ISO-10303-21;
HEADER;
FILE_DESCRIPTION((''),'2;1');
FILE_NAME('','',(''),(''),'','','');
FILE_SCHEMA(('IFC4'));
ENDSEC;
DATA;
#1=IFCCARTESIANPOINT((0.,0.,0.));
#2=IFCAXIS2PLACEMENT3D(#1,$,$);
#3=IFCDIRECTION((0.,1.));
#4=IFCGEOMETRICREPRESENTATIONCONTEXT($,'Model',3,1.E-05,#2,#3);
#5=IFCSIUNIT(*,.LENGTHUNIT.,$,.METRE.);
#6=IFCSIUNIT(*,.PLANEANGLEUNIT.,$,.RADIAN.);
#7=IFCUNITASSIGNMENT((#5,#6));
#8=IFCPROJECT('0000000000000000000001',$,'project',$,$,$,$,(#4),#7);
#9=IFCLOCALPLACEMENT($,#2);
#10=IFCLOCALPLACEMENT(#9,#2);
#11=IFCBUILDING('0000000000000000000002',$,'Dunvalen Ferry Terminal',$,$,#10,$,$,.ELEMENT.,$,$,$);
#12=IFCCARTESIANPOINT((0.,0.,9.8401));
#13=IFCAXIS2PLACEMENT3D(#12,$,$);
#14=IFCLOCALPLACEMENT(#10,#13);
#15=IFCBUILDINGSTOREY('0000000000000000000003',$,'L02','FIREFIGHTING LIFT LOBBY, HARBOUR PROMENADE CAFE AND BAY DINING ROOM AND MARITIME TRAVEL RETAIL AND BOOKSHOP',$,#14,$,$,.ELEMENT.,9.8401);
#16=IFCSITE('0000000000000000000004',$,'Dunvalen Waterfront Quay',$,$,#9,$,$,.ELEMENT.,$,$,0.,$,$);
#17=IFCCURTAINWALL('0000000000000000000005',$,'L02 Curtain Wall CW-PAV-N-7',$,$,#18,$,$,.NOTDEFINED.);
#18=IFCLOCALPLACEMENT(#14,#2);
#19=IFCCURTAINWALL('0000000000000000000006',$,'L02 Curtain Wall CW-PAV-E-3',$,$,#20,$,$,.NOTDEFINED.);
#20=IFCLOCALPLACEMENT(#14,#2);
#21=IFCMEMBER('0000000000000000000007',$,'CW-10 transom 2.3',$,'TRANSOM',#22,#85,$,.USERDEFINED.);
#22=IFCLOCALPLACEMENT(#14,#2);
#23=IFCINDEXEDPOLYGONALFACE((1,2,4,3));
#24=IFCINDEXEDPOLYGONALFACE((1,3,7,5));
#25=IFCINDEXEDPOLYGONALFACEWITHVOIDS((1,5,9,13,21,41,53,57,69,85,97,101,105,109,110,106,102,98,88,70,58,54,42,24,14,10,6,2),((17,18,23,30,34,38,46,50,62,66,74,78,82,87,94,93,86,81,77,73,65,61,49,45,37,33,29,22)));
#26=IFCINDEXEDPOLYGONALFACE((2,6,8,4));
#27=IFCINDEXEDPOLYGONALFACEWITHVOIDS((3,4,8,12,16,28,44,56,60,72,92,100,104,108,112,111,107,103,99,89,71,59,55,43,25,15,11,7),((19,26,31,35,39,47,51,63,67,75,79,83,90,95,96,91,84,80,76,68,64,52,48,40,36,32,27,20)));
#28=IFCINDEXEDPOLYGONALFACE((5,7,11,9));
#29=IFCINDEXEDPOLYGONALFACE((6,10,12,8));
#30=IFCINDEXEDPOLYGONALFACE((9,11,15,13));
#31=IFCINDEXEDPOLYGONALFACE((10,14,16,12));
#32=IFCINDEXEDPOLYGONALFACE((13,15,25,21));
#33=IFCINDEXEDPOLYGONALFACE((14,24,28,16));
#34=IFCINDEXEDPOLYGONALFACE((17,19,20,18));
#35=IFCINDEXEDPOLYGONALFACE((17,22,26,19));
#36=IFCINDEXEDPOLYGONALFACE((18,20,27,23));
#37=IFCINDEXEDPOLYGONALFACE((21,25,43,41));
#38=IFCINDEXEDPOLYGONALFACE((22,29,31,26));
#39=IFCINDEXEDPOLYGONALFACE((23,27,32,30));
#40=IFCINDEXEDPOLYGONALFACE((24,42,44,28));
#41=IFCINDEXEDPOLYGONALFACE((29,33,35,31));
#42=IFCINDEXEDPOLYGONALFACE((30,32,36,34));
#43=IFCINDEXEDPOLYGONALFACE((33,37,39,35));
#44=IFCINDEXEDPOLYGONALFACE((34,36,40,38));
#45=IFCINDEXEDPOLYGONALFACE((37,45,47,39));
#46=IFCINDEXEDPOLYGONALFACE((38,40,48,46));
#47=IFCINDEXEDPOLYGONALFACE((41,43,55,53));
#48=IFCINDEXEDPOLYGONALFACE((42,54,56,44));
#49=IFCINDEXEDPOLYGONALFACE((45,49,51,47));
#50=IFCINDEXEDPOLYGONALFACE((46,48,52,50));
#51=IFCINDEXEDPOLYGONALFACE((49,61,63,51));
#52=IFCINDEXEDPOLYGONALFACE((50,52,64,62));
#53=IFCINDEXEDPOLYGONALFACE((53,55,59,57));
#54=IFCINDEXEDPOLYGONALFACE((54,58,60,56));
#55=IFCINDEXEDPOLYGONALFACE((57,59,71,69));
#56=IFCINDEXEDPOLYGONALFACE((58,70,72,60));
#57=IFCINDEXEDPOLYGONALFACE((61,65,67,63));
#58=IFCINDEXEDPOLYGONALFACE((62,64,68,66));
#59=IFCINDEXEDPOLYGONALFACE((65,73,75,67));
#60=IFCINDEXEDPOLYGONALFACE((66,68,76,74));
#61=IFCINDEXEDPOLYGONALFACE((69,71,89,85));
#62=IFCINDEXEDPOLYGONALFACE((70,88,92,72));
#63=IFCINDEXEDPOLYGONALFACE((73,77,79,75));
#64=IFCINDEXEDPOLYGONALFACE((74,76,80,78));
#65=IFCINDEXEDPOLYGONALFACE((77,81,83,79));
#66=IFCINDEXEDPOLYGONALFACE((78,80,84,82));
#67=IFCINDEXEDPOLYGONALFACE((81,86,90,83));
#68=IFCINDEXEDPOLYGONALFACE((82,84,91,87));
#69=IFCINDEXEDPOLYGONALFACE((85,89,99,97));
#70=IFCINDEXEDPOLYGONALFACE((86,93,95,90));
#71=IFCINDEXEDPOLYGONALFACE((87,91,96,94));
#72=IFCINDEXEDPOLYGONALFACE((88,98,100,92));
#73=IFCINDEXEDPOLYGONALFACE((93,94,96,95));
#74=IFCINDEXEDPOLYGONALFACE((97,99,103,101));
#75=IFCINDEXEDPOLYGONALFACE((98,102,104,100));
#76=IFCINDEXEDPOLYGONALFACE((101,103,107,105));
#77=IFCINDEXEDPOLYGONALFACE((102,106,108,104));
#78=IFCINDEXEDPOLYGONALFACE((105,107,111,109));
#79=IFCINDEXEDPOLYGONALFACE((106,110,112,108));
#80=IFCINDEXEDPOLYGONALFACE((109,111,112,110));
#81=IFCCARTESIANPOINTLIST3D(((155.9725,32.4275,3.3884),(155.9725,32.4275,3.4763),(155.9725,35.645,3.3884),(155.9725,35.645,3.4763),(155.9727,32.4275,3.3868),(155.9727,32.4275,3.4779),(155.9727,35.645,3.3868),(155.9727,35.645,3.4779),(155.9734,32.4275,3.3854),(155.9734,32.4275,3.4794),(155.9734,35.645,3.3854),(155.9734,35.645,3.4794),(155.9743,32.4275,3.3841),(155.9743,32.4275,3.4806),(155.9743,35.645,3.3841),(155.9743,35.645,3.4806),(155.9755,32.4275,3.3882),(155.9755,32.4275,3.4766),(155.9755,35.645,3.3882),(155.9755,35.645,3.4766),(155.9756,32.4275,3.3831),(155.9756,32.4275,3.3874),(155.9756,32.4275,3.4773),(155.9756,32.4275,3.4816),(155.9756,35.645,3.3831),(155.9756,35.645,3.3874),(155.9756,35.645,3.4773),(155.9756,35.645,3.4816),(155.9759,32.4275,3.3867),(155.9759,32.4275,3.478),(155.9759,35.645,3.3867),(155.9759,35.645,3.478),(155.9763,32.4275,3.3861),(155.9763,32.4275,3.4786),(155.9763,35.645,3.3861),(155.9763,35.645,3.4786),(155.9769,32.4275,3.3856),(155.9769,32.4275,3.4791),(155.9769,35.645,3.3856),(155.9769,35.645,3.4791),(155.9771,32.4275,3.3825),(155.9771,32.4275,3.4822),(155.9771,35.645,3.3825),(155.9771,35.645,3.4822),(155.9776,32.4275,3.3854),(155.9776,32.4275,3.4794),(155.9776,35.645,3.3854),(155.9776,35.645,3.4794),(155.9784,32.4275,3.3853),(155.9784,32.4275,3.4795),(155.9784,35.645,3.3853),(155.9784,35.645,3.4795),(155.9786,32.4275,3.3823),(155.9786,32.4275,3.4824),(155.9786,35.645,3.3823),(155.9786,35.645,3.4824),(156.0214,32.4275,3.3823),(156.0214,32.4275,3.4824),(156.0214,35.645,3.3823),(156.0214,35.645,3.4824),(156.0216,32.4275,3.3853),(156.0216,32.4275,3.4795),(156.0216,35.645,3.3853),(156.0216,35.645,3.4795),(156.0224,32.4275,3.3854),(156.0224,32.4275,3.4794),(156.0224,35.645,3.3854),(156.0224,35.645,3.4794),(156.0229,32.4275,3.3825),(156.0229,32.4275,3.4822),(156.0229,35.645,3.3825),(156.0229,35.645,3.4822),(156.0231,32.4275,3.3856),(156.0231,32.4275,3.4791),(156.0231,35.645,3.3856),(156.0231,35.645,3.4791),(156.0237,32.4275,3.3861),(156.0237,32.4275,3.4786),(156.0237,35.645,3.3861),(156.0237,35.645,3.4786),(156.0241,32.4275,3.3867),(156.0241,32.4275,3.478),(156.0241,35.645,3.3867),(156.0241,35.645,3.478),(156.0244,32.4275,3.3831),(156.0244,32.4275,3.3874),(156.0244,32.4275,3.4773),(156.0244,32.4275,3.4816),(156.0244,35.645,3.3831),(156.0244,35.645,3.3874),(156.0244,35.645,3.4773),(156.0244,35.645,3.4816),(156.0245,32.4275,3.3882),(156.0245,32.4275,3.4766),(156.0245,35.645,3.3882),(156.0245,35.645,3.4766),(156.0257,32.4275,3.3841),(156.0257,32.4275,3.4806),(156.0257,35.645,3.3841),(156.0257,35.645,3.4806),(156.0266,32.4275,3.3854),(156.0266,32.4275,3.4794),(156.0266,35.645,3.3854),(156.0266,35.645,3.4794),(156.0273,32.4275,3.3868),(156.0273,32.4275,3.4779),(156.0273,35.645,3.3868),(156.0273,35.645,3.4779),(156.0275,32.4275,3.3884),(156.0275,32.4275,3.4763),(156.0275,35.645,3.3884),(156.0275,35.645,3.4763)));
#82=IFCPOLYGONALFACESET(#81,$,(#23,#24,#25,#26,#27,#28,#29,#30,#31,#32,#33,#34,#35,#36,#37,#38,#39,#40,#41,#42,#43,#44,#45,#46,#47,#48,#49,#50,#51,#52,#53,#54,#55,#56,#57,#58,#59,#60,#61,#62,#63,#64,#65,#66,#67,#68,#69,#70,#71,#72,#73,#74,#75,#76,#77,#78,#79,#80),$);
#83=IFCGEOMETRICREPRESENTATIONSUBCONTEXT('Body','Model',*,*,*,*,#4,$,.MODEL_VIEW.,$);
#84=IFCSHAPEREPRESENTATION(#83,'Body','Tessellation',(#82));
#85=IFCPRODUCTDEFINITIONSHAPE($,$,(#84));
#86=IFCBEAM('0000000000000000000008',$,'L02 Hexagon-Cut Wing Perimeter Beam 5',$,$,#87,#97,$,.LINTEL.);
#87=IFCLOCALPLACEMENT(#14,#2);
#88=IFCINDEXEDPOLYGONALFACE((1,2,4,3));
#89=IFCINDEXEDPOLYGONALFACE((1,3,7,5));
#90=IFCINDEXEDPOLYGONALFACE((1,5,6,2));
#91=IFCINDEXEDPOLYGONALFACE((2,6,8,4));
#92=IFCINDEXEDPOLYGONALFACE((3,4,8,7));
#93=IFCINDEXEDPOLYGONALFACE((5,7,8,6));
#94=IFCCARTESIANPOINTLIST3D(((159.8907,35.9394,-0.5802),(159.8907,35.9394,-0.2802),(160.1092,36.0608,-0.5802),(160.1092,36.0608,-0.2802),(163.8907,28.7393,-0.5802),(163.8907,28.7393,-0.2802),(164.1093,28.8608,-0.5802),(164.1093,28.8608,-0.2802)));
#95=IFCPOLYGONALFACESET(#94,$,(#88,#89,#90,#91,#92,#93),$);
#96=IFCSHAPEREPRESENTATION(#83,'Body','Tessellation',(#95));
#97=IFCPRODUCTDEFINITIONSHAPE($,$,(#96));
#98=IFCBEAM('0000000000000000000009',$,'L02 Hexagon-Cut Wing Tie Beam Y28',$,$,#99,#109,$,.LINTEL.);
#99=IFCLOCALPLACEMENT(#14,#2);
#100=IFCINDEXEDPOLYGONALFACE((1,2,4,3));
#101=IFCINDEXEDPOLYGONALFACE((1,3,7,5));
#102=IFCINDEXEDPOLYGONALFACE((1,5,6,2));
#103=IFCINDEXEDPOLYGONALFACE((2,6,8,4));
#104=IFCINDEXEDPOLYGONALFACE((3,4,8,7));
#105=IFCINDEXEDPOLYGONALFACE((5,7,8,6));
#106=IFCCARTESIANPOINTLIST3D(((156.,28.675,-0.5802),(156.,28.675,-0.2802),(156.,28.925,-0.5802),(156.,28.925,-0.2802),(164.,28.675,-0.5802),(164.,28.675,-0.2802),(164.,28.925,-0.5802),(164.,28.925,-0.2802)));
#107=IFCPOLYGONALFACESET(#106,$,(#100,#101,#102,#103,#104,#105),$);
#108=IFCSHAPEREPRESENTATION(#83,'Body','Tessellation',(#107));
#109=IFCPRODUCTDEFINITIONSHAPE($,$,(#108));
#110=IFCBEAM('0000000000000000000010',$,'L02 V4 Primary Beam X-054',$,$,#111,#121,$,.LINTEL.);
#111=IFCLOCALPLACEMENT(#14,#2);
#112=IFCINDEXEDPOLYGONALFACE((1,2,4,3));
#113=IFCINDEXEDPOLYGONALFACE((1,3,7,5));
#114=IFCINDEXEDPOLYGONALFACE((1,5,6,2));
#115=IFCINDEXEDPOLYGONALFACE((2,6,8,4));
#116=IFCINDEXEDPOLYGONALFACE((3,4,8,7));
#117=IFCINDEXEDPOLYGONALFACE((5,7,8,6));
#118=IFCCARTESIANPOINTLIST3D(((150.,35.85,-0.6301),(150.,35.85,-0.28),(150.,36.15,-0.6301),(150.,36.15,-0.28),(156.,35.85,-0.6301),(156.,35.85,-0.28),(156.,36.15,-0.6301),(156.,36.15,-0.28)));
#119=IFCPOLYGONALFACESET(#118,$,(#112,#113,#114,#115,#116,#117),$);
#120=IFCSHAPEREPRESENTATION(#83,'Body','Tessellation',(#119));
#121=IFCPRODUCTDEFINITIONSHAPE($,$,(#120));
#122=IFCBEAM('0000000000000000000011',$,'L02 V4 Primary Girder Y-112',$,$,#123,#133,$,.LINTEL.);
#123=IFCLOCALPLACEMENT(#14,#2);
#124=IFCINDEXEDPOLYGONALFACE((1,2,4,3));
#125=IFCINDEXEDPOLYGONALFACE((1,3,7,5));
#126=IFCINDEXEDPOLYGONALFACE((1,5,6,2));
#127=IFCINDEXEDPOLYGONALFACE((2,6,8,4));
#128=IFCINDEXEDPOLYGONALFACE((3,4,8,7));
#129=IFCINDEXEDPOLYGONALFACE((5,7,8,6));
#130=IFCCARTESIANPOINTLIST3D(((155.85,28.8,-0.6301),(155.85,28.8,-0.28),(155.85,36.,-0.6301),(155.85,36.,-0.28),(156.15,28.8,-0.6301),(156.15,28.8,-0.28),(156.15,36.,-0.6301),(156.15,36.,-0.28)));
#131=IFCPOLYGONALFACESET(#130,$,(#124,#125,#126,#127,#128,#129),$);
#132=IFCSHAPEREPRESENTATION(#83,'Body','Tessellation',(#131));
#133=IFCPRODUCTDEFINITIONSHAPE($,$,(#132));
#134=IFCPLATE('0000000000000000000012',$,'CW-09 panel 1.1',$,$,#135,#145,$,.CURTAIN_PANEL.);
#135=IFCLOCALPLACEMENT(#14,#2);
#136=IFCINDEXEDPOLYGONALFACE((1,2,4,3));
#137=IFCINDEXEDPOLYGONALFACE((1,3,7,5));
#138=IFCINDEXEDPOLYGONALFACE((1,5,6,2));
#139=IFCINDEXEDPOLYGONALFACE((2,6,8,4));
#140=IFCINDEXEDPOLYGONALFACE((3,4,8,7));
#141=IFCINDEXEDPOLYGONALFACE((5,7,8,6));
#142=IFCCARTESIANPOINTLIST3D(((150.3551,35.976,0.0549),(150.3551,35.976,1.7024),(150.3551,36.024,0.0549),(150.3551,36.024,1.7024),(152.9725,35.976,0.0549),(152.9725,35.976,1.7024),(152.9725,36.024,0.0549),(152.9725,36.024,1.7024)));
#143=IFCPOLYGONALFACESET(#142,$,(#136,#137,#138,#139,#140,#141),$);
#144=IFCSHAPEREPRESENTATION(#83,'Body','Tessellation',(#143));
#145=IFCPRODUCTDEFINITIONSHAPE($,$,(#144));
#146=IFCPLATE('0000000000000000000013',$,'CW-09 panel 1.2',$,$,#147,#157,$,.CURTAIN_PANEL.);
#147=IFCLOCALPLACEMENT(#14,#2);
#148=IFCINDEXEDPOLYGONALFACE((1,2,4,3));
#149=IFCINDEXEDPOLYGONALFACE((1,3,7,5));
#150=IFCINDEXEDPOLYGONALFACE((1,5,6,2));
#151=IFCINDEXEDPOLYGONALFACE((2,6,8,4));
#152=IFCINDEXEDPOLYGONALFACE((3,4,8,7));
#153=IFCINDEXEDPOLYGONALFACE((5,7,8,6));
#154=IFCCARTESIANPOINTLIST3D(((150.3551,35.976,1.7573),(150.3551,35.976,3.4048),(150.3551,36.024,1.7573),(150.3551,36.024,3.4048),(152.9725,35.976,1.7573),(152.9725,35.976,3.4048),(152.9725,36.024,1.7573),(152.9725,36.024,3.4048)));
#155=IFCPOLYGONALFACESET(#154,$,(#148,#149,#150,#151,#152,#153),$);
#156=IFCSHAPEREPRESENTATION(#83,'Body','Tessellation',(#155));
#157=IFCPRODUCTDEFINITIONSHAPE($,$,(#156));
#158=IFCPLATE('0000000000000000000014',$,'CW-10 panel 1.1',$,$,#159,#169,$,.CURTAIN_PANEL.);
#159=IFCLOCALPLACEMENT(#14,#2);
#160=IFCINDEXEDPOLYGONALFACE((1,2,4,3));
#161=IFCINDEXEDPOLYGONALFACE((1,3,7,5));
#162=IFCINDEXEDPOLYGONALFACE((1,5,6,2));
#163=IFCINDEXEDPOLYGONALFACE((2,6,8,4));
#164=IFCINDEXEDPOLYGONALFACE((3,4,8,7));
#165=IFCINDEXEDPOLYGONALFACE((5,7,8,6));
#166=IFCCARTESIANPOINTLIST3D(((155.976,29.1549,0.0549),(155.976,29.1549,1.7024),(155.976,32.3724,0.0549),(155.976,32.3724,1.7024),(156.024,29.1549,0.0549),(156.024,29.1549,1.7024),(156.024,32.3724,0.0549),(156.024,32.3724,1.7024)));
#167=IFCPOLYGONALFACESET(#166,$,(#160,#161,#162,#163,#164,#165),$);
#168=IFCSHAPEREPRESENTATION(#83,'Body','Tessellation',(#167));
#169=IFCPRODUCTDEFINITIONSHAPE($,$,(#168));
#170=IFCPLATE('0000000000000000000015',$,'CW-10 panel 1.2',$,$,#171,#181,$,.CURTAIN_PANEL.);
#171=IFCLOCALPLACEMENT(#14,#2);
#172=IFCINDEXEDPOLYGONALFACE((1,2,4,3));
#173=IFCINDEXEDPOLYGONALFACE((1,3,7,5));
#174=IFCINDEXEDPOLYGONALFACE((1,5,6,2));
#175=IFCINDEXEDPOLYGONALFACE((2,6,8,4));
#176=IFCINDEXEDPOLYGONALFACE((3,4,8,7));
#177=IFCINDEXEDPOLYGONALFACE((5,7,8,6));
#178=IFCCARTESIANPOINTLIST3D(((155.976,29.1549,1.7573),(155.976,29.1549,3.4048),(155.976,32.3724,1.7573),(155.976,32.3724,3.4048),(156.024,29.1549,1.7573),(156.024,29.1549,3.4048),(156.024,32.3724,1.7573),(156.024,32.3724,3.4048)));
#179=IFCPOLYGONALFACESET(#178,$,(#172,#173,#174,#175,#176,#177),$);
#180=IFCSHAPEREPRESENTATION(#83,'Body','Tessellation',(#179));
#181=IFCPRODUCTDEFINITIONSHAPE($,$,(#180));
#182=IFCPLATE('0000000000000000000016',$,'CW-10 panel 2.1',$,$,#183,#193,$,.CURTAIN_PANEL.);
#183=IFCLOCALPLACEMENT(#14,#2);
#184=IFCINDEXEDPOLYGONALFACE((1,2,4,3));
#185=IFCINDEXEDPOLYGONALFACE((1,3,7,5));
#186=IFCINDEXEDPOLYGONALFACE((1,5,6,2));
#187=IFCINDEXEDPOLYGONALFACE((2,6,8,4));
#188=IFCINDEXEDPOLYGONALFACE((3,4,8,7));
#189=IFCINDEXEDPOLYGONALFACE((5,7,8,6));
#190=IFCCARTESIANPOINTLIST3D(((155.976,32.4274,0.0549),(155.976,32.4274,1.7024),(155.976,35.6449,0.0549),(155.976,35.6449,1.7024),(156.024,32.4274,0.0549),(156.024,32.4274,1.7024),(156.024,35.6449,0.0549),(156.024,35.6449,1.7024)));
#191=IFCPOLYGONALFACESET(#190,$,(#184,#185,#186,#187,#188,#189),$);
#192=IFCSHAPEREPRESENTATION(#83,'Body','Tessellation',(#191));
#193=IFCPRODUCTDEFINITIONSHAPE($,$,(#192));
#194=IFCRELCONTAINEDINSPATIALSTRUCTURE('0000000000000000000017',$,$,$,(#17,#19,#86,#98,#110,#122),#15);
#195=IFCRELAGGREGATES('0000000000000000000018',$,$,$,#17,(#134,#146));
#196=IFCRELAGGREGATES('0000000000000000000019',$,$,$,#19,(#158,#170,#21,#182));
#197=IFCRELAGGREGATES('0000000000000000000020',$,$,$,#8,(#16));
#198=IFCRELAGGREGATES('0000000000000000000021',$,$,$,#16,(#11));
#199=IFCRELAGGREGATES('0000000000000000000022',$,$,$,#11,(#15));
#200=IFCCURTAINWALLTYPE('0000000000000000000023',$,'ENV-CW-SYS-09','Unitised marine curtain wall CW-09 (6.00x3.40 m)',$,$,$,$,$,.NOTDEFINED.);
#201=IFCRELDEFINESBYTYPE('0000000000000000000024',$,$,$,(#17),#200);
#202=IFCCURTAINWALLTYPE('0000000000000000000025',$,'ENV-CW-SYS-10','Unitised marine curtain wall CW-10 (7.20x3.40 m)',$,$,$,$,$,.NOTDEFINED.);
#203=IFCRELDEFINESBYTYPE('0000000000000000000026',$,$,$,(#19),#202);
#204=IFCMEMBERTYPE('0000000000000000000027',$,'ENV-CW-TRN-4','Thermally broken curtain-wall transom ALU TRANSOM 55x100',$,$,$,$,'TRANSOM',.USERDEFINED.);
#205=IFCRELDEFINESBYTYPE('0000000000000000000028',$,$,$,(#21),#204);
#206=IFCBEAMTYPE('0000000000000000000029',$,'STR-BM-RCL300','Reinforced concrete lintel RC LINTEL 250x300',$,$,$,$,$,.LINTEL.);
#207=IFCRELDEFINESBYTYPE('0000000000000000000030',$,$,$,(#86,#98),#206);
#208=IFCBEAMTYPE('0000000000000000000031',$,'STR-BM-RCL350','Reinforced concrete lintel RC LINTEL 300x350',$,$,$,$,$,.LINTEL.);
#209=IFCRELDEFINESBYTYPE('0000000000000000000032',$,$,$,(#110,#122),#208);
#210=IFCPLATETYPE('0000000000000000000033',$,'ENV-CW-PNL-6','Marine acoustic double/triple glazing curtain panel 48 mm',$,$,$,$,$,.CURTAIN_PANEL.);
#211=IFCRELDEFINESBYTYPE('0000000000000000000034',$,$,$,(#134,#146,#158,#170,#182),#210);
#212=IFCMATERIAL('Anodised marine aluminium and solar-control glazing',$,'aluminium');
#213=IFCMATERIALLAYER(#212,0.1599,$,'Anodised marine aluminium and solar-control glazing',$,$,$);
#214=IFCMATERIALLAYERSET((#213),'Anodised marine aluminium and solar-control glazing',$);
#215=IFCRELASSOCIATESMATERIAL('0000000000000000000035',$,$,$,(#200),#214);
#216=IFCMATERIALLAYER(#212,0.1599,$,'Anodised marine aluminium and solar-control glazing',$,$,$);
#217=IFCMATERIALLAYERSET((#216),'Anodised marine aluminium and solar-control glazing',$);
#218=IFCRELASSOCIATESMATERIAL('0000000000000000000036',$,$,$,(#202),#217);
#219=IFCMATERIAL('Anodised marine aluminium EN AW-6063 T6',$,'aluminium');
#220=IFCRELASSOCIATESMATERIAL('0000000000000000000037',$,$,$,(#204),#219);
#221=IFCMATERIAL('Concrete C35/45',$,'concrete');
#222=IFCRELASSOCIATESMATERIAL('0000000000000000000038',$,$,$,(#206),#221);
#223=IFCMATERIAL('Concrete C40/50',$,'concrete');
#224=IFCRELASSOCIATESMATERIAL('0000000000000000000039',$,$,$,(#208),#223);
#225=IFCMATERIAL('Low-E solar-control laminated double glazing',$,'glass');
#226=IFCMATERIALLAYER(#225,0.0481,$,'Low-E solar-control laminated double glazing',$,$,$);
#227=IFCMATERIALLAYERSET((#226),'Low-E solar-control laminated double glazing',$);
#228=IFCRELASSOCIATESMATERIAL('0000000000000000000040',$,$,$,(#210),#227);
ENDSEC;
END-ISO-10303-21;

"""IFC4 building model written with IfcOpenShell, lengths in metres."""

from ifc_helpers import new_model, si_unit, direction, frame, origin, origin_2d, place, context, subcontext, project, spatial, rectangle, hollow_rectangle, extrude, material, layer, layer_set, material_profile, profile_set, type_object, element, aggregate, save


model = new_model("IFC4")

# Units and contexts
model_context = context("Model", 3, precision=1e-05, world=origin(), true_north=direction((0.0, 1.0)))
body_context = subcontext(model_context, "Body", "Model", "MODEL_VIEW")
ifc_project = project(units=[si_unit("LENGTHUNIT", "METRE"), si_unit("PLANEANGLEUNIT", "RADIAN")], contexts=[model_context])

# Site, building, storey
site_placement = place(None, origin())
site = spatial("IfcSite", under=ifc_project, at=site_placement, Name="Dunvalen Waterfront Quay", CompositionType="ELEMENT", RefElevation=0.0)
building_placement = place(site_placement, origin())
building = spatial("IfcBuilding", under=site, at=building_placement, Name="Dunvalen Ferry Terminal", CompositionType="ELEMENT")
storey_placement = place(building_placement, frame((0.0, 0.0, 9.8401)))
storey = spatial("IfcBuildingStorey", under=building, at=storey_placement, Name="L02", Description="FIREFIGHTING LIFT LOBBY, HARBOUR PROMENADE CAFE AND BAY DINING ROOM AND MARITIME TRAVEL RETAIL AND BOOKSHOP", CompositionType="ELEMENT", Elevation=9.8401)

# Curtain wall
ifc_material_1 = material(Name="Anodised marine aluminium and solar-control glazing", Category="aluminium")
ifc_layer_1 = layer(ifc_material_1, 0.1599, Name="Anodised marine aluminium and solar-control glazing")
ifc_layer_set_1 = layer_set([ifc_layer_1], Name="Anodised marine aluminium and solar-control glazing")
curtain_wall_type_1 = type_object("IfcCurtainWallType", Name="ENV-CW-SYS-09", Description="Unitised marine curtain wall CW-09 (6.00x3.40 m)", PredefinedType="NOTDEFINED", material=ifc_layer_set_1)
curtain_wall_1_placement = place(storey_placement, origin())
curtain_wall_1 = element("IfcCurtainWall", 1, at=curtain_wall_1_placement, inside=storey, type_object=curtain_wall_type_1, Name="L02 Curtain Wall CW-PAV-N-7", PredefinedType="NOTDEFINED")
ifc_material_2 = material(Name="Anodised marine aluminium EN AW-6063 T6", Category="aluminium")

# Curtain wall
ifc_layer_2 = layer(ifc_material_1, 0.1599, Name="Anodised marine aluminium and solar-control glazing")
ifc_layer_set_2 = layer_set([ifc_layer_2], Name="Anodised marine aluminium and solar-control glazing")
curtain_wall_type_2 = type_object("IfcCurtainWallType", Name="ENV-CW-SYS-10", Description="Unitised marine curtain wall CW-10 (7.20x3.40 m)", PredefinedType="NOTDEFINED", material=ifc_layer_set_2)
curtain_wall_2_placement = place(storey_placement, origin())
curtain_wall_2 = element("IfcCurtainWall", 2, at=curtain_wall_2_placement, inside=storey, type_object=curtain_wall_type_2, Name="L02 Curtain Wall CW-PAV-E-3", PredefinedType="NOTDEFINED")

# Member
ifc_material_profile_1 = material_profile(ifc_material_2, hollow_rectangle(XDim=0.0549, YDim=0.1001, WallThickness=0.0029, InnerFilletRadius=0.0029, OuterFilletRadius=0.0061, at=origin_2d()), Name="Anodised marine aluminium EN AW-6063 T6")
ifc_profile_set_1 = profile_set([ifc_material_profile_1], Name="Anodised marine aluminium EN AW-6063 T6")
member_type_1 = type_object("IfcMemberType", Name="ENV-CW-TRN-4", Description="Thermally broken curtain-wall transom ALU TRANSOM 55x100", ElementType="TRANSOM", PredefinedType="USERDEFINED", material=ifc_profile_set_1)
member_1_placement = place(storey_placement, frame((156.0, 32.4275, 3.4324), z_axis=(0.0, 1.0, 0.0), x_axis=(-1.0, 0.0, 0.0)))
member_1 = element("IfcMember", 3, at=member_1_placement, type_object=member_type_1, Name="CW-10 transom 2.3", ObjectType="TRANSOM", PredefinedType="USERDEFINED", context=body_context, shape_type="SweptSolid", body=[
    extrude(hollow_rectangle(XDim=0.0549, YDim=0.1001, WallThickness=0.0029, InnerFilletRadius=0.0029, OuterFilletRadius=0.0061, at=origin_2d()), origin(), (0.0, 0.0, 1.0), 3.2175),
])

# Beams
ifc_material_3 = material(Name="Concrete C35/45", Category="concrete")
ifc_material_profile_2 = material_profile(ifc_material_3, rectangle(XDim=0.25, YDim=0.3, at=origin_2d()), Name="Concrete C35/45")
ifc_profile_set_2 = profile_set([ifc_material_profile_2], Name="Concrete C35/45")
beam_type_1 = type_object("IfcBeamType", Name="STR-BM-RCL300", Description="Reinforced concrete lintel RC LINTEL 250x300", PredefinedType="LINTEL", material=ifc_profile_set_2)
beam_1_placement = place(storey_placement, frame((164.0, 28.8, -0.4302), z_axis=(-0.485645, 0.874156, 0.0), x_axis=(-0.874156, -0.485645, 0.0)))
element("IfcBeam", 4, at=beam_1_placement, inside=storey, type_object=beam_type_1, Name="L02 Hexagon-Cut Wing Perimeter Beam 5", PredefinedType="LINTEL", context=body_context, shape_type="SweptSolid", body=[
    extrude(rectangle(XDim=0.25, YDim=0.3, at=origin_2d()), origin(), (0.0, 0.0, 1.0), 8.2366),
])
beam_2_placement = place(storey_placement, frame((156.0, 28.8, -0.4302), z_axis=(1.0, 0.0, 0.0), x_axis=(0.0, 1.0, 0.0)))
element("IfcBeam", 5, at=beam_2_placement, inside=storey, type_object=beam_type_1, Name="L02 Hexagon-Cut Wing Tie Beam Y28", PredefinedType="LINTEL", context=body_context, shape_type="SweptSolid", body=[
    extrude(rectangle(XDim=0.25, YDim=0.3, at=origin_2d()), origin(), (0.0, 0.0, 1.0), 8.0),
])
ifc_material_4 = material(Name="Concrete C40/50", Category="concrete")
ifc_material_profile_3 = material_profile(ifc_material_4, rectangle(XDim=0.3, YDim=0.3501, at=origin_2d()), Name="Concrete C40/50")
ifc_profile_set_3 = profile_set([ifc_material_profile_3], Name="Concrete C40/50")
beam_type_2 = type_object("IfcBeamType", Name="STR-BM-RCL350", Description="Reinforced concrete lintel RC LINTEL 300x350", PredefinedType="LINTEL", material=ifc_profile_set_3)
beam_3_placement = place(storey_placement, frame((150.0, 36.0, -0.4551), z_axis=(1.0, 0.0, 0.0), x_axis=(0.0, 1.0, 0.0)))
element("IfcBeam", 6, at=beam_3_placement, inside=storey, type_object=beam_type_2, Name="L02 V4 Primary Beam X-054", PredefinedType="LINTEL", context=body_context, shape_type="SweptSolid", body=[
    extrude(rectangle(XDim=0.3, YDim=0.3501, at=origin_2d()), origin(), (0.0, 0.0, 1.0), 6.0),
])
beam_4_placement = place(storey_placement, frame((156.0, 28.8, -0.4551), z_axis=(0.0, 1.0, 0.0), x_axis=(-1.0, 0.0, 0.0)))
element("IfcBeam", 7, at=beam_4_placement, inside=storey, type_object=beam_type_2, Name="L02 V4 Primary Girder Y-112", PredefinedType="LINTEL", context=body_context, shape_type="SweptSolid", body=[
    extrude(rectangle(XDim=0.3, YDim=0.3501, at=origin_2d()), origin(), (0.0, 0.0, 1.0), 7.2),
])

# Plates
ifc_material_5 = material(Name="Low-E solar-control laminated double glazing", Category="glass")
ifc_layer_3 = layer(ifc_material_5, 0.0481, Name="Low-E solar-control laminated double glazing")
ifc_layer_set_3 = layer_set([ifc_layer_3], Name="Low-E solar-control laminated double glazing")
plate_type = type_object("IfcPlateType", Name="ENV-CW-PNL-6", Description="Marine acoustic double/triple glazing curtain panel 48 mm", PredefinedType="CURTAIN_PANEL", material=ifc_layer_set_3)
plate_1_placement = place(storey_placement, frame((151.6638, 36.0, 0.0549), z_axis=(0.0, 0.0, 1.0), x_axis=(1.0, 0.0, 0.0)))
plate_1 = element("IfcPlate", 8, at=plate_1_placement, type_object=plate_type, Name="CW-09 panel 1.1", PredefinedType="CURTAIN_PANEL", context=body_context, shape_type="SweptSolid", body=[
    extrude(rectangle(XDim=2.6174, YDim=0.0481, at=origin_2d()), origin(), (0.0, 0.0, 1.0), 1.6475),
])
plate_2_placement = place(storey_placement, frame((151.6638, 36.0, 1.7573), z_axis=(0.0, 0.0, 1.0), x_axis=(1.0, 0.0, 0.0)))
plate_2 = element("IfcPlate", 9, at=plate_2_placement, type_object=plate_type, Name="CW-09 panel 1.2", PredefinedType="CURTAIN_PANEL", context=body_context, shape_type="SweptSolid", body=[
    extrude(rectangle(XDim=2.6174, YDim=0.0481, at=origin_2d()), origin(), (0.0, 0.0, 1.0), 1.6475),
])
aggregate(curtain_wall_1, [plate_1, plate_2])
plate_3_placement = place(storey_placement, frame((156.0, 30.7637, 0.0549), z_axis=(0.0, 0.0, 1.0), x_axis=(0.0, 1.0, 0.0)))
plate_3 = element("IfcPlate", 10, at=plate_3_placement, type_object=plate_type, Name="CW-10 panel 1.1", PredefinedType="CURTAIN_PANEL", context=body_context, shape_type="SweptSolid", body=[
    extrude(rectangle(XDim=3.2175, YDim=0.0481, at=origin_2d()), origin(), (0.0, 0.0, 1.0), 1.6475),
])
plate_4_placement = place(storey_placement, frame((156.0, 30.7637, 1.7573), z_axis=(0.0, 0.0, 1.0), x_axis=(0.0, 1.0, 0.0)))
plate_4 = element("IfcPlate", 11, at=plate_4_placement, type_object=plate_type, Name="CW-10 panel 1.2", PredefinedType="CURTAIN_PANEL", context=body_context, shape_type="SweptSolid", body=[
    extrude(rectangle(XDim=3.2175, YDim=0.0481, at=origin_2d()), origin(), (0.0, 0.0, 1.0), 1.6475),
])
plate_5_placement = place(storey_placement, frame((156.0, 34.0361, 0.0549), z_axis=(0.0, 0.0, 1.0), x_axis=(0.0, 1.0, 0.0)))
plate_5 = element("IfcPlate", 12, at=plate_5_placement, type_object=plate_type, Name="CW-10 panel 2.1", PredefinedType="CURTAIN_PANEL", context=body_context, shape_type="SweptSolid", body=[
    extrude(rectangle(XDim=3.2175, YDim=0.0481, at=origin_2d()), origin(), (0.0, 0.0, 1.0), 1.6475),
])
aggregate(curtain_wall_2, [plate_3, plate_4, member_1, plate_5])

save(model, "model.ifc")
